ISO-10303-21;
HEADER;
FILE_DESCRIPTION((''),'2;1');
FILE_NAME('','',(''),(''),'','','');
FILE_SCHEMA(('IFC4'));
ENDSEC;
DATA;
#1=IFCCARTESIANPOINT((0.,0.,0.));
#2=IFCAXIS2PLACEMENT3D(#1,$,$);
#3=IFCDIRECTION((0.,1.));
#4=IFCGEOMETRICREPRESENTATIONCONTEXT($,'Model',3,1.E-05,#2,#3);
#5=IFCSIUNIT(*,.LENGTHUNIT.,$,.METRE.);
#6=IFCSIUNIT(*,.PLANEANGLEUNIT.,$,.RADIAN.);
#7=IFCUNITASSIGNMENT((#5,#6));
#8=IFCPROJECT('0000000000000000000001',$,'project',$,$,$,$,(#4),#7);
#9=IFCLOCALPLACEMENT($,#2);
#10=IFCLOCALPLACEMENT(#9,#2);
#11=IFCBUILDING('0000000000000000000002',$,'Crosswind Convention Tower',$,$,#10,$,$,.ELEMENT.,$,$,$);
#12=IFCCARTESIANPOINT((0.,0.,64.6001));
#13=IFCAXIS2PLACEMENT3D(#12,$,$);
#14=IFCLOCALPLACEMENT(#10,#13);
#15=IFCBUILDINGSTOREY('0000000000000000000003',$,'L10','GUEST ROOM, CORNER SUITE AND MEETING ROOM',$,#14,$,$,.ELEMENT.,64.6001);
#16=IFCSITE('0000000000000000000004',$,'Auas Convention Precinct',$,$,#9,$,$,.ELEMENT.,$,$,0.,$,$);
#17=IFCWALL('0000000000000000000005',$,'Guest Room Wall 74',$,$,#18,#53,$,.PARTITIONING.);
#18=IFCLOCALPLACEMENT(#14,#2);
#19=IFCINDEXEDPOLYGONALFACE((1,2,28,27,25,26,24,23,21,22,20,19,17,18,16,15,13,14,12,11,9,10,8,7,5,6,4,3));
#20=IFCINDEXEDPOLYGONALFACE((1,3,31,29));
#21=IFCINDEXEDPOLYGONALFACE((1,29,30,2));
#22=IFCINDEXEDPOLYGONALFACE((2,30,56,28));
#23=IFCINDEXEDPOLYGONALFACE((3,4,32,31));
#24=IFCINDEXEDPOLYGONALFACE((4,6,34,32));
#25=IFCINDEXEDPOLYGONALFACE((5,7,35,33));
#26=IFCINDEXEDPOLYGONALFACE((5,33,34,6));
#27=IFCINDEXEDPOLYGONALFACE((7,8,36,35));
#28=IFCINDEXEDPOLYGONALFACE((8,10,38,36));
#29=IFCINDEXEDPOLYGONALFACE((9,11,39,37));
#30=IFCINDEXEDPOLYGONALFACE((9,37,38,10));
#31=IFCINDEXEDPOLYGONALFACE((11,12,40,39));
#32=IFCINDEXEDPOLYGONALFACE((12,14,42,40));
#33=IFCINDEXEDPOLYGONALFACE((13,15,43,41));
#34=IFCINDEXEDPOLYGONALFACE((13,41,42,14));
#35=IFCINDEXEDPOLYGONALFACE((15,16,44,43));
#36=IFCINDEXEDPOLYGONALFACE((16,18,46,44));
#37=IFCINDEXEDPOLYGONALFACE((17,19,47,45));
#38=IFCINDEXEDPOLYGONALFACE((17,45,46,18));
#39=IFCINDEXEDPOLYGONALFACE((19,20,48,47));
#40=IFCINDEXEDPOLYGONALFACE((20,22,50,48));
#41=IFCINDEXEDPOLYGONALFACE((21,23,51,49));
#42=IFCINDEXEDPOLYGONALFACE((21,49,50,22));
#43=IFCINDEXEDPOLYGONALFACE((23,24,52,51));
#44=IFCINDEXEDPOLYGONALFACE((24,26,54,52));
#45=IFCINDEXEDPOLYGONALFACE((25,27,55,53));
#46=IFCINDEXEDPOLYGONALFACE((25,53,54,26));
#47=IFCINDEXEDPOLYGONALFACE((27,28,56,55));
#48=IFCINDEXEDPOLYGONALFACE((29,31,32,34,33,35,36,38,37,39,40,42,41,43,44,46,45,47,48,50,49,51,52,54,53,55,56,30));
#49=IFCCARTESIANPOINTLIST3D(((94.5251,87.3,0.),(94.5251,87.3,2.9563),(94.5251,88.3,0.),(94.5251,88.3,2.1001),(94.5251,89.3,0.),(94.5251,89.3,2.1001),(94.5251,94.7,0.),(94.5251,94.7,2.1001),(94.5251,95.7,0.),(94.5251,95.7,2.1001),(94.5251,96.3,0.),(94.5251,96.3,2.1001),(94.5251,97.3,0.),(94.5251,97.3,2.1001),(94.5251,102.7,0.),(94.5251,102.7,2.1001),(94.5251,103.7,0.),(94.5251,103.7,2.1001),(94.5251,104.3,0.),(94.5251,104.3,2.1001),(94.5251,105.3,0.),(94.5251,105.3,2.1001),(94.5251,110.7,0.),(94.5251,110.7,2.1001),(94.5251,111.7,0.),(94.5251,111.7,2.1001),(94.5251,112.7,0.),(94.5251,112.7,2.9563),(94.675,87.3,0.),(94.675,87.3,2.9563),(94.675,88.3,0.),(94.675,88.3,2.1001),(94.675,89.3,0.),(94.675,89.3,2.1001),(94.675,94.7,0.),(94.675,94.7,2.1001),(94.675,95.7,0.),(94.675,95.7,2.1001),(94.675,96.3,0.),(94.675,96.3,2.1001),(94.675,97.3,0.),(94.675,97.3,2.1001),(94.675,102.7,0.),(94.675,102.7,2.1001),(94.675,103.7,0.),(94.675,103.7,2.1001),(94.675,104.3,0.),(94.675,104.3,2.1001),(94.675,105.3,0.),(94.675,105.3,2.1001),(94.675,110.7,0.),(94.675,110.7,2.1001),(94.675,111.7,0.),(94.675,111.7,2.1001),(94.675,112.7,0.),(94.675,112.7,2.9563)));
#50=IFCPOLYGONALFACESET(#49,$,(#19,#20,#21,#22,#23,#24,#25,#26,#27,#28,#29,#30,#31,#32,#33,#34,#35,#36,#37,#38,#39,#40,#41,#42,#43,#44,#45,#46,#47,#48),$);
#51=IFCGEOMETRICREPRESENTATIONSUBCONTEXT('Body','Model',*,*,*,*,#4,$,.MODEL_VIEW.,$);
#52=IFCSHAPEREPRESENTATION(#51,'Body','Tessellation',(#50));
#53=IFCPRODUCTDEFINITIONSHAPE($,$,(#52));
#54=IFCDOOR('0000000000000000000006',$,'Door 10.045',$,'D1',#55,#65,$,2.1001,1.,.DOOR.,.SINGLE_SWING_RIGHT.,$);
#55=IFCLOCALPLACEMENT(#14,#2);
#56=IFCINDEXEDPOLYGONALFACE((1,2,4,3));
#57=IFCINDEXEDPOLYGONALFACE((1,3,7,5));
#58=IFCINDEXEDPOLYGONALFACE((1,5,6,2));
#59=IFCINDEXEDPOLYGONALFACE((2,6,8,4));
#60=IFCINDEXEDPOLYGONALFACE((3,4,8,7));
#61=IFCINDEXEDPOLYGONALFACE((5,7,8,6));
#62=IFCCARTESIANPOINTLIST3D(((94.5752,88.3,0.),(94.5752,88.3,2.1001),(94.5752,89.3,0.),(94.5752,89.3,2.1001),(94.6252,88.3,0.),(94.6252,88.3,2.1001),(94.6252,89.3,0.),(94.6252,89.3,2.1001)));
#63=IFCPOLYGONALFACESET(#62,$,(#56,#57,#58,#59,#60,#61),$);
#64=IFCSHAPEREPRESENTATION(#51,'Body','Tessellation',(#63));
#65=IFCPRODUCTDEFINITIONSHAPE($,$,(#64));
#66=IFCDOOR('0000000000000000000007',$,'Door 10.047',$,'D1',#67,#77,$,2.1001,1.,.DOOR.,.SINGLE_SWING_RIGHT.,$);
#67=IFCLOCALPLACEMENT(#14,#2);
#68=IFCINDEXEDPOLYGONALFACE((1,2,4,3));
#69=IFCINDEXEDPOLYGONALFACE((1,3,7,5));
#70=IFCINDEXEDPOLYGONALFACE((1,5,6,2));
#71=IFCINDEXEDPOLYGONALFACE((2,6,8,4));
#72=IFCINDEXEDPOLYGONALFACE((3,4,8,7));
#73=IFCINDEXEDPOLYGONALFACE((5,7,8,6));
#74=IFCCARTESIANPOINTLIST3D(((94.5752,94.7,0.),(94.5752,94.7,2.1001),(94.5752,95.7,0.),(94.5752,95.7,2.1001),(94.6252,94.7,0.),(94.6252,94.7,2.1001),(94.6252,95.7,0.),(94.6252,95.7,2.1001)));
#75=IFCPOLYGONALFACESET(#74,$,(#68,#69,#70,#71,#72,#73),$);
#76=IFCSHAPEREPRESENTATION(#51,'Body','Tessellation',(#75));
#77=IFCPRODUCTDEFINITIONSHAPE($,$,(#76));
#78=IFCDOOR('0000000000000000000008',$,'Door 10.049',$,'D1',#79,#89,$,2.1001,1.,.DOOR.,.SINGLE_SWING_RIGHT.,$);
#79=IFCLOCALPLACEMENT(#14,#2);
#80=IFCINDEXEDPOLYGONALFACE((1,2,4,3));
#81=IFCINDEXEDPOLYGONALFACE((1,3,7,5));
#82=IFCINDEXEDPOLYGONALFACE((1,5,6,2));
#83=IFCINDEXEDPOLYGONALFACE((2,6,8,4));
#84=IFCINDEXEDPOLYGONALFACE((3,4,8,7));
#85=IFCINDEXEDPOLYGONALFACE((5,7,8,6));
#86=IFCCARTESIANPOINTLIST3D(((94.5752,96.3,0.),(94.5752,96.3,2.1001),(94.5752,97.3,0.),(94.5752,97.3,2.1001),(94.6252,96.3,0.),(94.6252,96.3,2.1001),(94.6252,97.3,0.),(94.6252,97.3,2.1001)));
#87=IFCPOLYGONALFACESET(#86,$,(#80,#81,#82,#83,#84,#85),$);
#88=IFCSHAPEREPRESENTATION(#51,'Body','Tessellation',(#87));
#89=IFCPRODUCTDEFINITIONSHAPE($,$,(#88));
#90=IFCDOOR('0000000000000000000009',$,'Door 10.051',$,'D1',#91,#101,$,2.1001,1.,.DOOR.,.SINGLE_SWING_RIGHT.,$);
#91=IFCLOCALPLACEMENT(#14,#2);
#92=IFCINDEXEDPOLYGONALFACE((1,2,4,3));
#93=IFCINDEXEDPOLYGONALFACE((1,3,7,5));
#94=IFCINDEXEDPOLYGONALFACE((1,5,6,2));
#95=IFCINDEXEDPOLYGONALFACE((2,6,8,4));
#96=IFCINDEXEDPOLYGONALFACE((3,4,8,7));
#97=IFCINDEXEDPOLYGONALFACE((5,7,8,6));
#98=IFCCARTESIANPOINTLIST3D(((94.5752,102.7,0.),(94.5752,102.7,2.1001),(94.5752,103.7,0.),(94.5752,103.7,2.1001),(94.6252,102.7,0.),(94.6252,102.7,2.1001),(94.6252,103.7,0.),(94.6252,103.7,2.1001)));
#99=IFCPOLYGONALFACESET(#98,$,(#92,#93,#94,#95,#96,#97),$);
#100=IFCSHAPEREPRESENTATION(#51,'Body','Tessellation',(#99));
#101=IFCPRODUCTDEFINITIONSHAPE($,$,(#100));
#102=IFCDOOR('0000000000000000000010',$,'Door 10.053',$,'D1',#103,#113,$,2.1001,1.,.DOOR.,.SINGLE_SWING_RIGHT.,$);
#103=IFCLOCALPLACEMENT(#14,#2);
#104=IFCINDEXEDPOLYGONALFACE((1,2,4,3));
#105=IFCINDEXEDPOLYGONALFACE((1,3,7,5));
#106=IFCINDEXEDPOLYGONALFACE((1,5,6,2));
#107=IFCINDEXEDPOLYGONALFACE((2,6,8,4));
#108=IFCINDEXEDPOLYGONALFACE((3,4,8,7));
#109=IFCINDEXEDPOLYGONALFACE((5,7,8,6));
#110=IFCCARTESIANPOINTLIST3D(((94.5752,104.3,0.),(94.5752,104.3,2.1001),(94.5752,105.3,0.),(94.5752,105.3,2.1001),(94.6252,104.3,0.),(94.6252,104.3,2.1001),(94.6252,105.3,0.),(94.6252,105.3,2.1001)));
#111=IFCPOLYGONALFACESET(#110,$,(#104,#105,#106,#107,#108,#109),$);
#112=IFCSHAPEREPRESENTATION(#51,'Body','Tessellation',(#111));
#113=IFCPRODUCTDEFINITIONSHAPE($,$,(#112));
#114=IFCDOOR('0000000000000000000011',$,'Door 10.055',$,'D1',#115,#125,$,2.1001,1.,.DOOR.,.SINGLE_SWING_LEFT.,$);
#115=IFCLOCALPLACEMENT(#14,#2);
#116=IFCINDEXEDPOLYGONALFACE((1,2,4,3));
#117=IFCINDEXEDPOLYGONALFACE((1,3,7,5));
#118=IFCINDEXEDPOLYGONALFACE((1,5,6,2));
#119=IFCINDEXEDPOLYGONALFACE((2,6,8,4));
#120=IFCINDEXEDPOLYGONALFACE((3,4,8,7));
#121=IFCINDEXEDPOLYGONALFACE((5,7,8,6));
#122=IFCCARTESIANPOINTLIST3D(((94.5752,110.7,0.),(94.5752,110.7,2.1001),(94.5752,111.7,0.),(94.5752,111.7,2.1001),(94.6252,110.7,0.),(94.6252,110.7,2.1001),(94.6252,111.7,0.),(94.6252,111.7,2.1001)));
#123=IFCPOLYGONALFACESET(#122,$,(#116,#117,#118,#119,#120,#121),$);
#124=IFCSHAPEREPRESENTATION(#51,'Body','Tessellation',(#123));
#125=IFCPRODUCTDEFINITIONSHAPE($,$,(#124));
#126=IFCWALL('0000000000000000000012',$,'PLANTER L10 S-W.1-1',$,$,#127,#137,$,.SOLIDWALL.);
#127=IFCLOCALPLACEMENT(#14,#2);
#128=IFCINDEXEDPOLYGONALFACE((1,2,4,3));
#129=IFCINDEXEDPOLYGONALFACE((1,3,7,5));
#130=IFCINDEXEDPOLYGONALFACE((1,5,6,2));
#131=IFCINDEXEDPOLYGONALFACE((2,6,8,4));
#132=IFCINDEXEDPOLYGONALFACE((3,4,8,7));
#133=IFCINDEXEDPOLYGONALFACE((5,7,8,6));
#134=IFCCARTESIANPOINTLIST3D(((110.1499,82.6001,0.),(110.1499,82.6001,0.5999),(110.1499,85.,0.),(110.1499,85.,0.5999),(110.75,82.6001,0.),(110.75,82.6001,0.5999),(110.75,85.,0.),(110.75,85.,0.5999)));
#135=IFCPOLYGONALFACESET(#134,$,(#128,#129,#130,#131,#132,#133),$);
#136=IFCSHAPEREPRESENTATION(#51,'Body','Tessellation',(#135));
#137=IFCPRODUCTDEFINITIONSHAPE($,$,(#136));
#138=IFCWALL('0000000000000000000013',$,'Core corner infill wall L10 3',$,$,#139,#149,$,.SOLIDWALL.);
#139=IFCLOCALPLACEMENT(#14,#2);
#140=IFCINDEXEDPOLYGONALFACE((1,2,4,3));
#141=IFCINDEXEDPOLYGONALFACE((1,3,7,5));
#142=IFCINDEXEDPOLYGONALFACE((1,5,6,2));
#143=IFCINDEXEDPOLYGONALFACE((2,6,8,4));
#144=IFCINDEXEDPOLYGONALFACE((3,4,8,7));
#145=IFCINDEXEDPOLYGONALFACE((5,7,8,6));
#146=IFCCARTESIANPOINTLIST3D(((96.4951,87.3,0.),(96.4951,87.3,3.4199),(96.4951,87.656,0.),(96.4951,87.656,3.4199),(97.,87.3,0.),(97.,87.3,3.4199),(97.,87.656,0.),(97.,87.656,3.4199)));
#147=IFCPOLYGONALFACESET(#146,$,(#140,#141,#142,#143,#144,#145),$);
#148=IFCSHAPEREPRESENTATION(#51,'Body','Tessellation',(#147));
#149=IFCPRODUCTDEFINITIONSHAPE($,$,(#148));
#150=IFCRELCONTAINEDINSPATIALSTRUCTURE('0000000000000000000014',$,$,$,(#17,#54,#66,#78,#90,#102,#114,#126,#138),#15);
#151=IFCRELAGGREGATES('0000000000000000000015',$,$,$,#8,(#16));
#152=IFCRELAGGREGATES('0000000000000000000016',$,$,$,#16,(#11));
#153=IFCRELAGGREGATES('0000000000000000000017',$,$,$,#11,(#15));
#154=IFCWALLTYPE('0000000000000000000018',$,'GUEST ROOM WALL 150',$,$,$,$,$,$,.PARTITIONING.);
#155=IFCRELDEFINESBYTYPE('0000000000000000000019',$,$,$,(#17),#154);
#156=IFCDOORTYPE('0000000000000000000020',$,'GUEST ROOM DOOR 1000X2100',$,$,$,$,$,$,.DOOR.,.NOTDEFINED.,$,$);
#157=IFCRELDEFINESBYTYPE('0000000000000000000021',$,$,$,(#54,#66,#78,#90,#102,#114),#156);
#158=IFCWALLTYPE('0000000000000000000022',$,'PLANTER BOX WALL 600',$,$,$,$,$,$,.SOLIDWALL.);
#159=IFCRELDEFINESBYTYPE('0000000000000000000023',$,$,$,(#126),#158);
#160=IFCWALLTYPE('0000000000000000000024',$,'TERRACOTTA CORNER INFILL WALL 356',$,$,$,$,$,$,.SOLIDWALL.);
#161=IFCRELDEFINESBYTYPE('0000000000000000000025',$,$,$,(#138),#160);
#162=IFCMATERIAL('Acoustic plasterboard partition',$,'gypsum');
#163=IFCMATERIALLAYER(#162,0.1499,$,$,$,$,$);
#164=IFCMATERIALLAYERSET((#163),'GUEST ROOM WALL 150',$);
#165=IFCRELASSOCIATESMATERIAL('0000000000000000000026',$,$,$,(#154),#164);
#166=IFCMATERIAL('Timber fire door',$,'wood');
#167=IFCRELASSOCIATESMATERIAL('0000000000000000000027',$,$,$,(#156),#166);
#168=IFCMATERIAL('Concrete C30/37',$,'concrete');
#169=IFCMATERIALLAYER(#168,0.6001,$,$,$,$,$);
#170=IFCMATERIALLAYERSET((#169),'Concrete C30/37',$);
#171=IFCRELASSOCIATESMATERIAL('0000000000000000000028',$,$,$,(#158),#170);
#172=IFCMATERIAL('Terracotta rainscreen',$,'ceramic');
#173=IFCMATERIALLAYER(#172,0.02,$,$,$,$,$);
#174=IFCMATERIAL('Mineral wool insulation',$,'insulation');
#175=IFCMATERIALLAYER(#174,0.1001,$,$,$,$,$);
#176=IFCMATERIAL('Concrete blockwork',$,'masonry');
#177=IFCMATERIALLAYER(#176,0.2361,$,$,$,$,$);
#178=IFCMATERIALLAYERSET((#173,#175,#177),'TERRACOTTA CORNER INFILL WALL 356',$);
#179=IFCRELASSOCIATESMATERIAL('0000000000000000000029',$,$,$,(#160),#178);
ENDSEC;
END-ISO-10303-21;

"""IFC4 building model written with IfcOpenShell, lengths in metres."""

from ifc_helpers import new_model, si_unit, direction, frame, frame_2d, origin, place, context, subcontext, project, spatial, rectangle, extrude, material, layer, layer_set, type_object, element, fill, save


model = new_model("IFC4")

# Units and contexts
model_context = context("Model", 3, precision=1e-05, world=origin(), true_north=direction((0.0, 1.0)))
body_context = subcontext(model_context, "Body", "Model", "MODEL_VIEW")
ifc_project = project(units=[si_unit("LENGTHUNIT", "METRE"), si_unit("PLANEANGLEUNIT", "RADIAN")], contexts=[model_context])

# Site, building, storey
site_placement = place(None, origin())
site = spatial("IfcSite", under=ifc_project, at=site_placement, Name="Auas Convention Precinct", CompositionType="ELEMENT", RefElevation=0.0)
building_placement = place(site_placement, origin())
building = spatial("IfcBuilding", under=site, at=building_placement, Name="Crosswind Convention Tower", CompositionType="ELEMENT")
storey_placement = place(building_placement, frame((0.0, 0.0, 64.6001)))
storey = spatial("IfcBuildingStorey", under=building, at=storey_placement, Name="L10", Description="GUEST ROOM, CORNER SUITE AND MEETING ROOM", CompositionType="ELEMENT", Elevation=64.6001)

# Wall, openings, doors
ifc_material_1 = material(Name="Acoustic plasterboard partition", Category="gypsum")
ifc_layer_1 = layer(ifc_material_1, 0.1499)
ifc_layer_set_1 = layer_set([ifc_layer_1], Name="GUEST ROOM WALL 150")
wall_type_1 = type_object("IfcWallType", Name="GUEST ROOM WALL 150", PredefinedType="PARTITIONING", material=ifc_layer_set_1)
wall_1_placement = place(storey_placement, frame((94.6001, 87.3, 0.0), z_axis=(0.0, 0.0, 1.0), x_axis=(0.0, 1.0, 0.0)))
wall_1 = element("IfcWall", 1, at=wall_1_placement, inside=storey, type_object=wall_type_1, Name="Guest Room Wall 74", PredefinedType="PARTITIONING", context=body_context, shape_type="SweptSolid", body=[
    extrude(rectangle(XDim=25.3999, YDim=0.1499, at=frame_2d((12.7, 0.0))), origin(), (0.0, 0.0, 1.0), 2.9563),
])
opening_1_placement = place(wall_1_placement, frame((1.0, 0.0, 0.0)))
opening_1 = element("IfcOpeningElement", 2, at=opening_1_placement, cuts=wall_1, PredefinedType="OPENING", context=body_context, shape_type="SweptSolid", body=[
    extrude(rectangle(XDim=1.0, YDim=2.1001, at=frame_2d((0.5, 1.05))), frame((0.0, 0.085, 0.0), z_axis=(0.0, -1.0, 0.0), x_axis=(1.0, 0.0, 0.0)), (0.0, 0.0, 1.0), 0.1699),
])
opening_2_placement = place(wall_1_placement, frame((7.3999, 0.0, 0.0)))
opening_2 = element("IfcOpeningElement", 3, at=opening_2_placement, cuts=wall_1, PredefinedType="OPENING", context=body_context, shape_type="SweptSolid", body=[
    extrude(rectangle(XDim=1.0, YDim=2.1001, at=frame_2d((0.5, 1.05))), frame((0.0, 0.085, 0.0), z_axis=(0.0, -1.0, 0.0), x_axis=(1.0, 0.0, 0.0)), (0.0, 0.0, 1.0), 0.1699),
])
opening_3_placement = place(wall_1_placement, frame((9.0, 0.0, 0.0)))
opening_3 = element("IfcOpeningElement", 4, at=opening_3_placement, cuts=wall_1, PredefinedType="OPENING", context=body_context, shape_type="SweptSolid", body=[
    extrude(rectangle(XDim=1.0, YDim=2.1001, at=frame_2d((0.5, 1.05))), frame((0.0, 0.085, 0.0), z_axis=(0.0, -1.0, 0.0), x_axis=(1.0, 0.0, 0.0)), (0.0, 0.0, 1.0), 0.1699),
])
opening_4_placement = place(wall_1_placement, frame((15.3999, 0.0, 0.0)))
opening_4 = element("IfcOpeningElement", 5, at=opening_4_placement, cuts=wall_1, PredefinedType="OPENING", context=body_context, shape_type="SweptSolid", body=[
    extrude(rectangle(XDim=1.0, YDim=2.1001, at=frame_2d((0.5, 1.05))), frame((0.0, 0.085, 0.0), z_axis=(0.0, -1.0, 0.0), x_axis=(1.0, 0.0, 0.0)), (0.0, 0.0, 1.0), 0.1699),
])
opening_5_placement = place(wall_1_placement, frame((17.0, 0.0, 0.0)))
opening_5 = element("IfcOpeningElement", 6, at=opening_5_placement, cuts=wall_1, PredefinedType="OPENING", context=body_context, shape_type="SweptSolid", body=[
    extrude(rectangle(XDim=1.0, YDim=2.1001, at=frame_2d((0.5, 1.05))), frame((0.0, 0.085, 0.0), z_axis=(0.0, -1.0, 0.0), x_axis=(1.0, 0.0, 0.0)), (0.0, 0.0, 1.0), 0.1699),
])
opening_6_placement = place(wall_1_placement, frame((23.3999, 0.0, 0.0)))
opening_6 = element("IfcOpeningElement", 7, at=opening_6_placement, cuts=wall_1, PredefinedType="OPENING", context=body_context, shape_type="SweptSolid", body=[
    extrude(rectangle(XDim=1.0, YDim=2.1001, at=frame_2d((0.5, 1.05))), frame((0.0, 0.085, 0.0), z_axis=(0.0, -1.0, 0.0), x_axis=(1.0, 0.0, 0.0)), (0.0, 0.0, 1.0), 0.1699),
])
ifc_material_2 = material(Name="Timber fire door", Category="wood")
door_type = type_object("IfcDoorType", Name="GUEST ROOM DOOR 1000X2100", OperationType="NOTDEFINED", PredefinedType="DOOR", material=ifc_material_2)
door_1_placement = place(opening_1_placement, origin())
door_1 = element("IfcDoor", 8, at=door_1_placement, inside=storey, type_object=door_type, Name="Door 10.045", ObjectType="D1", OperationType="SINGLE_SWING_RIGHT", OverallHeight=2.1001, OverallWidth=1.0, PredefinedType="DOOR", context=body_context, shape_type="SweptSolid", body=[
    extrude(rectangle(XDim=1.0, YDim=2.1001, at=frame_2d((0.5, 1.05))), frame((0.0, 0.0249, 0.0), z_axis=(0.0, -1.0, 0.0), x_axis=(1.0, 0.0, 0.0)), (0.0, 0.0, 1.0), 0.05),
])
fill(opening_1, door_1)
door_2_placement = place(opening_2_placement, origin())
door_2 = element("IfcDoor", 9, at=door_2_placement, inside=storey, type_object=door_type, Name="Door 10.047", ObjectType="D1", OperationType="SINGLE_SWING_RIGHT", OverallHeight=2.1001, OverallWidth=1.0, PredefinedType="DOOR", context=body_context, shape_type="SweptSolid", body=[
    extrude(rectangle(XDim=1.0, YDim=2.1001, at=frame_2d((0.5, 1.05))), frame((0.0, 0.0249, 0.0), z_axis=(0.0, -1.0, 0.0), x_axis=(1.0, 0.0, 0.0)), (0.0, 0.0, 1.0), 0.05),
])
fill(opening_2, door_2)
door_3_placement = place(opening_3_placement, origin())
door_3 = element("IfcDoor", 10, at=door_3_placement, inside=storey, type_object=door_type, Name="Door 10.049", ObjectType="D1", OperationType="SINGLE_SWING_RIGHT", OverallHeight=2.1001, OverallWidth=1.0, PredefinedType="DOOR", context=body_context, shape_type="SweptSolid", body=[
    extrude(rectangle(XDim=1.0, YDim=2.1001, at=frame_2d((0.5, 1.05))), frame((0.0, 0.0249, 0.0), z_axis=(0.0, -1.0, 0.0), x_axis=(1.0, 0.0, 0.0)), (0.0, 0.0, 1.0), 0.05),
])
fill(opening_3, door_3)
door_4_placement = place(opening_4_placement, origin())
door_4 = element("IfcDoor", 11, at=door_4_placement, inside=storey, type_object=door_type, Name="Door 10.051", ObjectType="D1", OperationType="SINGLE_SWING_RIGHT", OverallHeight=2.1001, OverallWidth=1.0, PredefinedType="DOOR", context=body_context, shape_type="SweptSolid", body=[
    extrude(rectangle(XDim=1.0, YDim=2.1001, at=frame_2d((0.5, 1.05))), frame((0.0, 0.0249, 0.0), z_axis=(0.0, -1.0, 0.0), x_axis=(1.0, 0.0, 0.0)), (0.0, 0.0, 1.0), 0.05),
])
fill(opening_4, door_4)
door_5_placement = place(opening_5_placement, origin())
door_5 = element("IfcDoor", 12, at=door_5_placement, inside=storey, type_object=door_type, Name="Door 10.053", ObjectType="D1", OperationType="SINGLE_SWING_RIGHT", OverallHeight=2.1001, OverallWidth=1.0, PredefinedType="DOOR", context=body_context, shape_type="SweptSolid", body=[
    extrude(rectangle(XDim=1.0, YDim=2.1001, at=frame_2d((0.5, 1.05))), frame((0.0, 0.0249, 0.0), z_axis=(0.0, -1.0, 0.0), x_axis=(1.0, 0.0, 0.0)), (0.0, 0.0, 1.0), 0.05),
])
fill(opening_5, door_5)
door_6_placement = place(opening_6_placement, origin())
door_6 = element("IfcDoor", 13, at=door_6_placement, inside=storey, type_object=door_type, Name="Door 10.055", ObjectType="D1", OperationType="SINGLE_SWING_LEFT", OverallHeight=2.1001, OverallWidth=1.0, PredefinedType="DOOR", context=body_context, shape_type="SweptSolid", body=[
    extrude(rectangle(XDim=1.0, YDim=2.1001, at=frame_2d((0.5, 1.05))), frame((0.0, 0.0249, 0.0), z_axis=(0.0, -1.0, 0.0), x_axis=(1.0, 0.0, 0.0)), (0.0, 0.0, 1.0), 0.05),
])
fill(opening_6, door_6)

# Walls
ifc_material_3 = material(Name="Concrete C30/37", Category="concrete")
ifc_layer_2 = layer(ifc_material_3, 0.6001)
ifc_layer_set_2 = layer_set([ifc_layer_2], Name="Concrete C30/37")
wall_type_2 = type_object("IfcWallType", Name="PLANTER BOX WALL 600", PredefinedType="SOLIDWALL", material=ifc_layer_set_2)
wall_2_placement = place(storey_placement, frame((110.45, 85.0, 0.0), z_axis=(0.0, 0.0, 1.0), x_axis=(0.0, -1.0, 0.0)))
element("IfcWall", 14, at=wall_2_placement, inside=storey, type_object=wall_type_2, Name="PLANTER L10 S-W.1-1", PredefinedType="SOLIDWALL", context=body_context, shape_type="SweptSolid", body=[
    extrude(rectangle(XDim=2.3999, YDim=0.6001, at=frame_2d((1.2, 0.0))), origin(), (0.0, 0.0, 1.0), 0.5999),
])
ifc_material_4 = material(Name="Terracotta rainscreen", Category="ceramic")
ifc_layer_3 = layer(ifc_material_4, 0.02)
ifc_material_5 = material(Name="Mineral wool insulation", Category="insulation")
ifc_layer_4 = layer(ifc_material_5, 0.1001)
ifc_material_6 = material(Name="Concrete blockwork", Category="masonry")
ifc_layer_5 = layer(ifc_material_6, 0.2361)
ifc_layer_set_3 = layer_set([ifc_layer_3, ifc_layer_4, ifc_layer_5], Name="TERRACOTTA CORNER INFILL WALL 356")
wall_type_3 = type_object("IfcWallType", Name="TERRACOTTA CORNER INFILL WALL 356", PredefinedType="SOLIDWALL", material=ifc_layer_set_3)
wall_3_placement = place(storey_placement, frame((96.4951, 87.478, 0.0), z_axis=(0.0, 0.0, 1.0), x_axis=(1.0, 0.0, 0.0)))
element("IfcWall", 15, at=wall_3_placement, inside=storey, type_object=wall_type_3, Name="Core corner infill wall L10 3", PredefinedType="SOLIDWALL", context=body_context, shape_type="SweptSolid", body=[
    extrude(rectangle(XDim=0.5049, YDim=0.356, at=frame_2d((0.2524, 0.0))), origin(), (0.0, 0.0, 1.0), 3.4199),
])

save(model, "model.ifc")
